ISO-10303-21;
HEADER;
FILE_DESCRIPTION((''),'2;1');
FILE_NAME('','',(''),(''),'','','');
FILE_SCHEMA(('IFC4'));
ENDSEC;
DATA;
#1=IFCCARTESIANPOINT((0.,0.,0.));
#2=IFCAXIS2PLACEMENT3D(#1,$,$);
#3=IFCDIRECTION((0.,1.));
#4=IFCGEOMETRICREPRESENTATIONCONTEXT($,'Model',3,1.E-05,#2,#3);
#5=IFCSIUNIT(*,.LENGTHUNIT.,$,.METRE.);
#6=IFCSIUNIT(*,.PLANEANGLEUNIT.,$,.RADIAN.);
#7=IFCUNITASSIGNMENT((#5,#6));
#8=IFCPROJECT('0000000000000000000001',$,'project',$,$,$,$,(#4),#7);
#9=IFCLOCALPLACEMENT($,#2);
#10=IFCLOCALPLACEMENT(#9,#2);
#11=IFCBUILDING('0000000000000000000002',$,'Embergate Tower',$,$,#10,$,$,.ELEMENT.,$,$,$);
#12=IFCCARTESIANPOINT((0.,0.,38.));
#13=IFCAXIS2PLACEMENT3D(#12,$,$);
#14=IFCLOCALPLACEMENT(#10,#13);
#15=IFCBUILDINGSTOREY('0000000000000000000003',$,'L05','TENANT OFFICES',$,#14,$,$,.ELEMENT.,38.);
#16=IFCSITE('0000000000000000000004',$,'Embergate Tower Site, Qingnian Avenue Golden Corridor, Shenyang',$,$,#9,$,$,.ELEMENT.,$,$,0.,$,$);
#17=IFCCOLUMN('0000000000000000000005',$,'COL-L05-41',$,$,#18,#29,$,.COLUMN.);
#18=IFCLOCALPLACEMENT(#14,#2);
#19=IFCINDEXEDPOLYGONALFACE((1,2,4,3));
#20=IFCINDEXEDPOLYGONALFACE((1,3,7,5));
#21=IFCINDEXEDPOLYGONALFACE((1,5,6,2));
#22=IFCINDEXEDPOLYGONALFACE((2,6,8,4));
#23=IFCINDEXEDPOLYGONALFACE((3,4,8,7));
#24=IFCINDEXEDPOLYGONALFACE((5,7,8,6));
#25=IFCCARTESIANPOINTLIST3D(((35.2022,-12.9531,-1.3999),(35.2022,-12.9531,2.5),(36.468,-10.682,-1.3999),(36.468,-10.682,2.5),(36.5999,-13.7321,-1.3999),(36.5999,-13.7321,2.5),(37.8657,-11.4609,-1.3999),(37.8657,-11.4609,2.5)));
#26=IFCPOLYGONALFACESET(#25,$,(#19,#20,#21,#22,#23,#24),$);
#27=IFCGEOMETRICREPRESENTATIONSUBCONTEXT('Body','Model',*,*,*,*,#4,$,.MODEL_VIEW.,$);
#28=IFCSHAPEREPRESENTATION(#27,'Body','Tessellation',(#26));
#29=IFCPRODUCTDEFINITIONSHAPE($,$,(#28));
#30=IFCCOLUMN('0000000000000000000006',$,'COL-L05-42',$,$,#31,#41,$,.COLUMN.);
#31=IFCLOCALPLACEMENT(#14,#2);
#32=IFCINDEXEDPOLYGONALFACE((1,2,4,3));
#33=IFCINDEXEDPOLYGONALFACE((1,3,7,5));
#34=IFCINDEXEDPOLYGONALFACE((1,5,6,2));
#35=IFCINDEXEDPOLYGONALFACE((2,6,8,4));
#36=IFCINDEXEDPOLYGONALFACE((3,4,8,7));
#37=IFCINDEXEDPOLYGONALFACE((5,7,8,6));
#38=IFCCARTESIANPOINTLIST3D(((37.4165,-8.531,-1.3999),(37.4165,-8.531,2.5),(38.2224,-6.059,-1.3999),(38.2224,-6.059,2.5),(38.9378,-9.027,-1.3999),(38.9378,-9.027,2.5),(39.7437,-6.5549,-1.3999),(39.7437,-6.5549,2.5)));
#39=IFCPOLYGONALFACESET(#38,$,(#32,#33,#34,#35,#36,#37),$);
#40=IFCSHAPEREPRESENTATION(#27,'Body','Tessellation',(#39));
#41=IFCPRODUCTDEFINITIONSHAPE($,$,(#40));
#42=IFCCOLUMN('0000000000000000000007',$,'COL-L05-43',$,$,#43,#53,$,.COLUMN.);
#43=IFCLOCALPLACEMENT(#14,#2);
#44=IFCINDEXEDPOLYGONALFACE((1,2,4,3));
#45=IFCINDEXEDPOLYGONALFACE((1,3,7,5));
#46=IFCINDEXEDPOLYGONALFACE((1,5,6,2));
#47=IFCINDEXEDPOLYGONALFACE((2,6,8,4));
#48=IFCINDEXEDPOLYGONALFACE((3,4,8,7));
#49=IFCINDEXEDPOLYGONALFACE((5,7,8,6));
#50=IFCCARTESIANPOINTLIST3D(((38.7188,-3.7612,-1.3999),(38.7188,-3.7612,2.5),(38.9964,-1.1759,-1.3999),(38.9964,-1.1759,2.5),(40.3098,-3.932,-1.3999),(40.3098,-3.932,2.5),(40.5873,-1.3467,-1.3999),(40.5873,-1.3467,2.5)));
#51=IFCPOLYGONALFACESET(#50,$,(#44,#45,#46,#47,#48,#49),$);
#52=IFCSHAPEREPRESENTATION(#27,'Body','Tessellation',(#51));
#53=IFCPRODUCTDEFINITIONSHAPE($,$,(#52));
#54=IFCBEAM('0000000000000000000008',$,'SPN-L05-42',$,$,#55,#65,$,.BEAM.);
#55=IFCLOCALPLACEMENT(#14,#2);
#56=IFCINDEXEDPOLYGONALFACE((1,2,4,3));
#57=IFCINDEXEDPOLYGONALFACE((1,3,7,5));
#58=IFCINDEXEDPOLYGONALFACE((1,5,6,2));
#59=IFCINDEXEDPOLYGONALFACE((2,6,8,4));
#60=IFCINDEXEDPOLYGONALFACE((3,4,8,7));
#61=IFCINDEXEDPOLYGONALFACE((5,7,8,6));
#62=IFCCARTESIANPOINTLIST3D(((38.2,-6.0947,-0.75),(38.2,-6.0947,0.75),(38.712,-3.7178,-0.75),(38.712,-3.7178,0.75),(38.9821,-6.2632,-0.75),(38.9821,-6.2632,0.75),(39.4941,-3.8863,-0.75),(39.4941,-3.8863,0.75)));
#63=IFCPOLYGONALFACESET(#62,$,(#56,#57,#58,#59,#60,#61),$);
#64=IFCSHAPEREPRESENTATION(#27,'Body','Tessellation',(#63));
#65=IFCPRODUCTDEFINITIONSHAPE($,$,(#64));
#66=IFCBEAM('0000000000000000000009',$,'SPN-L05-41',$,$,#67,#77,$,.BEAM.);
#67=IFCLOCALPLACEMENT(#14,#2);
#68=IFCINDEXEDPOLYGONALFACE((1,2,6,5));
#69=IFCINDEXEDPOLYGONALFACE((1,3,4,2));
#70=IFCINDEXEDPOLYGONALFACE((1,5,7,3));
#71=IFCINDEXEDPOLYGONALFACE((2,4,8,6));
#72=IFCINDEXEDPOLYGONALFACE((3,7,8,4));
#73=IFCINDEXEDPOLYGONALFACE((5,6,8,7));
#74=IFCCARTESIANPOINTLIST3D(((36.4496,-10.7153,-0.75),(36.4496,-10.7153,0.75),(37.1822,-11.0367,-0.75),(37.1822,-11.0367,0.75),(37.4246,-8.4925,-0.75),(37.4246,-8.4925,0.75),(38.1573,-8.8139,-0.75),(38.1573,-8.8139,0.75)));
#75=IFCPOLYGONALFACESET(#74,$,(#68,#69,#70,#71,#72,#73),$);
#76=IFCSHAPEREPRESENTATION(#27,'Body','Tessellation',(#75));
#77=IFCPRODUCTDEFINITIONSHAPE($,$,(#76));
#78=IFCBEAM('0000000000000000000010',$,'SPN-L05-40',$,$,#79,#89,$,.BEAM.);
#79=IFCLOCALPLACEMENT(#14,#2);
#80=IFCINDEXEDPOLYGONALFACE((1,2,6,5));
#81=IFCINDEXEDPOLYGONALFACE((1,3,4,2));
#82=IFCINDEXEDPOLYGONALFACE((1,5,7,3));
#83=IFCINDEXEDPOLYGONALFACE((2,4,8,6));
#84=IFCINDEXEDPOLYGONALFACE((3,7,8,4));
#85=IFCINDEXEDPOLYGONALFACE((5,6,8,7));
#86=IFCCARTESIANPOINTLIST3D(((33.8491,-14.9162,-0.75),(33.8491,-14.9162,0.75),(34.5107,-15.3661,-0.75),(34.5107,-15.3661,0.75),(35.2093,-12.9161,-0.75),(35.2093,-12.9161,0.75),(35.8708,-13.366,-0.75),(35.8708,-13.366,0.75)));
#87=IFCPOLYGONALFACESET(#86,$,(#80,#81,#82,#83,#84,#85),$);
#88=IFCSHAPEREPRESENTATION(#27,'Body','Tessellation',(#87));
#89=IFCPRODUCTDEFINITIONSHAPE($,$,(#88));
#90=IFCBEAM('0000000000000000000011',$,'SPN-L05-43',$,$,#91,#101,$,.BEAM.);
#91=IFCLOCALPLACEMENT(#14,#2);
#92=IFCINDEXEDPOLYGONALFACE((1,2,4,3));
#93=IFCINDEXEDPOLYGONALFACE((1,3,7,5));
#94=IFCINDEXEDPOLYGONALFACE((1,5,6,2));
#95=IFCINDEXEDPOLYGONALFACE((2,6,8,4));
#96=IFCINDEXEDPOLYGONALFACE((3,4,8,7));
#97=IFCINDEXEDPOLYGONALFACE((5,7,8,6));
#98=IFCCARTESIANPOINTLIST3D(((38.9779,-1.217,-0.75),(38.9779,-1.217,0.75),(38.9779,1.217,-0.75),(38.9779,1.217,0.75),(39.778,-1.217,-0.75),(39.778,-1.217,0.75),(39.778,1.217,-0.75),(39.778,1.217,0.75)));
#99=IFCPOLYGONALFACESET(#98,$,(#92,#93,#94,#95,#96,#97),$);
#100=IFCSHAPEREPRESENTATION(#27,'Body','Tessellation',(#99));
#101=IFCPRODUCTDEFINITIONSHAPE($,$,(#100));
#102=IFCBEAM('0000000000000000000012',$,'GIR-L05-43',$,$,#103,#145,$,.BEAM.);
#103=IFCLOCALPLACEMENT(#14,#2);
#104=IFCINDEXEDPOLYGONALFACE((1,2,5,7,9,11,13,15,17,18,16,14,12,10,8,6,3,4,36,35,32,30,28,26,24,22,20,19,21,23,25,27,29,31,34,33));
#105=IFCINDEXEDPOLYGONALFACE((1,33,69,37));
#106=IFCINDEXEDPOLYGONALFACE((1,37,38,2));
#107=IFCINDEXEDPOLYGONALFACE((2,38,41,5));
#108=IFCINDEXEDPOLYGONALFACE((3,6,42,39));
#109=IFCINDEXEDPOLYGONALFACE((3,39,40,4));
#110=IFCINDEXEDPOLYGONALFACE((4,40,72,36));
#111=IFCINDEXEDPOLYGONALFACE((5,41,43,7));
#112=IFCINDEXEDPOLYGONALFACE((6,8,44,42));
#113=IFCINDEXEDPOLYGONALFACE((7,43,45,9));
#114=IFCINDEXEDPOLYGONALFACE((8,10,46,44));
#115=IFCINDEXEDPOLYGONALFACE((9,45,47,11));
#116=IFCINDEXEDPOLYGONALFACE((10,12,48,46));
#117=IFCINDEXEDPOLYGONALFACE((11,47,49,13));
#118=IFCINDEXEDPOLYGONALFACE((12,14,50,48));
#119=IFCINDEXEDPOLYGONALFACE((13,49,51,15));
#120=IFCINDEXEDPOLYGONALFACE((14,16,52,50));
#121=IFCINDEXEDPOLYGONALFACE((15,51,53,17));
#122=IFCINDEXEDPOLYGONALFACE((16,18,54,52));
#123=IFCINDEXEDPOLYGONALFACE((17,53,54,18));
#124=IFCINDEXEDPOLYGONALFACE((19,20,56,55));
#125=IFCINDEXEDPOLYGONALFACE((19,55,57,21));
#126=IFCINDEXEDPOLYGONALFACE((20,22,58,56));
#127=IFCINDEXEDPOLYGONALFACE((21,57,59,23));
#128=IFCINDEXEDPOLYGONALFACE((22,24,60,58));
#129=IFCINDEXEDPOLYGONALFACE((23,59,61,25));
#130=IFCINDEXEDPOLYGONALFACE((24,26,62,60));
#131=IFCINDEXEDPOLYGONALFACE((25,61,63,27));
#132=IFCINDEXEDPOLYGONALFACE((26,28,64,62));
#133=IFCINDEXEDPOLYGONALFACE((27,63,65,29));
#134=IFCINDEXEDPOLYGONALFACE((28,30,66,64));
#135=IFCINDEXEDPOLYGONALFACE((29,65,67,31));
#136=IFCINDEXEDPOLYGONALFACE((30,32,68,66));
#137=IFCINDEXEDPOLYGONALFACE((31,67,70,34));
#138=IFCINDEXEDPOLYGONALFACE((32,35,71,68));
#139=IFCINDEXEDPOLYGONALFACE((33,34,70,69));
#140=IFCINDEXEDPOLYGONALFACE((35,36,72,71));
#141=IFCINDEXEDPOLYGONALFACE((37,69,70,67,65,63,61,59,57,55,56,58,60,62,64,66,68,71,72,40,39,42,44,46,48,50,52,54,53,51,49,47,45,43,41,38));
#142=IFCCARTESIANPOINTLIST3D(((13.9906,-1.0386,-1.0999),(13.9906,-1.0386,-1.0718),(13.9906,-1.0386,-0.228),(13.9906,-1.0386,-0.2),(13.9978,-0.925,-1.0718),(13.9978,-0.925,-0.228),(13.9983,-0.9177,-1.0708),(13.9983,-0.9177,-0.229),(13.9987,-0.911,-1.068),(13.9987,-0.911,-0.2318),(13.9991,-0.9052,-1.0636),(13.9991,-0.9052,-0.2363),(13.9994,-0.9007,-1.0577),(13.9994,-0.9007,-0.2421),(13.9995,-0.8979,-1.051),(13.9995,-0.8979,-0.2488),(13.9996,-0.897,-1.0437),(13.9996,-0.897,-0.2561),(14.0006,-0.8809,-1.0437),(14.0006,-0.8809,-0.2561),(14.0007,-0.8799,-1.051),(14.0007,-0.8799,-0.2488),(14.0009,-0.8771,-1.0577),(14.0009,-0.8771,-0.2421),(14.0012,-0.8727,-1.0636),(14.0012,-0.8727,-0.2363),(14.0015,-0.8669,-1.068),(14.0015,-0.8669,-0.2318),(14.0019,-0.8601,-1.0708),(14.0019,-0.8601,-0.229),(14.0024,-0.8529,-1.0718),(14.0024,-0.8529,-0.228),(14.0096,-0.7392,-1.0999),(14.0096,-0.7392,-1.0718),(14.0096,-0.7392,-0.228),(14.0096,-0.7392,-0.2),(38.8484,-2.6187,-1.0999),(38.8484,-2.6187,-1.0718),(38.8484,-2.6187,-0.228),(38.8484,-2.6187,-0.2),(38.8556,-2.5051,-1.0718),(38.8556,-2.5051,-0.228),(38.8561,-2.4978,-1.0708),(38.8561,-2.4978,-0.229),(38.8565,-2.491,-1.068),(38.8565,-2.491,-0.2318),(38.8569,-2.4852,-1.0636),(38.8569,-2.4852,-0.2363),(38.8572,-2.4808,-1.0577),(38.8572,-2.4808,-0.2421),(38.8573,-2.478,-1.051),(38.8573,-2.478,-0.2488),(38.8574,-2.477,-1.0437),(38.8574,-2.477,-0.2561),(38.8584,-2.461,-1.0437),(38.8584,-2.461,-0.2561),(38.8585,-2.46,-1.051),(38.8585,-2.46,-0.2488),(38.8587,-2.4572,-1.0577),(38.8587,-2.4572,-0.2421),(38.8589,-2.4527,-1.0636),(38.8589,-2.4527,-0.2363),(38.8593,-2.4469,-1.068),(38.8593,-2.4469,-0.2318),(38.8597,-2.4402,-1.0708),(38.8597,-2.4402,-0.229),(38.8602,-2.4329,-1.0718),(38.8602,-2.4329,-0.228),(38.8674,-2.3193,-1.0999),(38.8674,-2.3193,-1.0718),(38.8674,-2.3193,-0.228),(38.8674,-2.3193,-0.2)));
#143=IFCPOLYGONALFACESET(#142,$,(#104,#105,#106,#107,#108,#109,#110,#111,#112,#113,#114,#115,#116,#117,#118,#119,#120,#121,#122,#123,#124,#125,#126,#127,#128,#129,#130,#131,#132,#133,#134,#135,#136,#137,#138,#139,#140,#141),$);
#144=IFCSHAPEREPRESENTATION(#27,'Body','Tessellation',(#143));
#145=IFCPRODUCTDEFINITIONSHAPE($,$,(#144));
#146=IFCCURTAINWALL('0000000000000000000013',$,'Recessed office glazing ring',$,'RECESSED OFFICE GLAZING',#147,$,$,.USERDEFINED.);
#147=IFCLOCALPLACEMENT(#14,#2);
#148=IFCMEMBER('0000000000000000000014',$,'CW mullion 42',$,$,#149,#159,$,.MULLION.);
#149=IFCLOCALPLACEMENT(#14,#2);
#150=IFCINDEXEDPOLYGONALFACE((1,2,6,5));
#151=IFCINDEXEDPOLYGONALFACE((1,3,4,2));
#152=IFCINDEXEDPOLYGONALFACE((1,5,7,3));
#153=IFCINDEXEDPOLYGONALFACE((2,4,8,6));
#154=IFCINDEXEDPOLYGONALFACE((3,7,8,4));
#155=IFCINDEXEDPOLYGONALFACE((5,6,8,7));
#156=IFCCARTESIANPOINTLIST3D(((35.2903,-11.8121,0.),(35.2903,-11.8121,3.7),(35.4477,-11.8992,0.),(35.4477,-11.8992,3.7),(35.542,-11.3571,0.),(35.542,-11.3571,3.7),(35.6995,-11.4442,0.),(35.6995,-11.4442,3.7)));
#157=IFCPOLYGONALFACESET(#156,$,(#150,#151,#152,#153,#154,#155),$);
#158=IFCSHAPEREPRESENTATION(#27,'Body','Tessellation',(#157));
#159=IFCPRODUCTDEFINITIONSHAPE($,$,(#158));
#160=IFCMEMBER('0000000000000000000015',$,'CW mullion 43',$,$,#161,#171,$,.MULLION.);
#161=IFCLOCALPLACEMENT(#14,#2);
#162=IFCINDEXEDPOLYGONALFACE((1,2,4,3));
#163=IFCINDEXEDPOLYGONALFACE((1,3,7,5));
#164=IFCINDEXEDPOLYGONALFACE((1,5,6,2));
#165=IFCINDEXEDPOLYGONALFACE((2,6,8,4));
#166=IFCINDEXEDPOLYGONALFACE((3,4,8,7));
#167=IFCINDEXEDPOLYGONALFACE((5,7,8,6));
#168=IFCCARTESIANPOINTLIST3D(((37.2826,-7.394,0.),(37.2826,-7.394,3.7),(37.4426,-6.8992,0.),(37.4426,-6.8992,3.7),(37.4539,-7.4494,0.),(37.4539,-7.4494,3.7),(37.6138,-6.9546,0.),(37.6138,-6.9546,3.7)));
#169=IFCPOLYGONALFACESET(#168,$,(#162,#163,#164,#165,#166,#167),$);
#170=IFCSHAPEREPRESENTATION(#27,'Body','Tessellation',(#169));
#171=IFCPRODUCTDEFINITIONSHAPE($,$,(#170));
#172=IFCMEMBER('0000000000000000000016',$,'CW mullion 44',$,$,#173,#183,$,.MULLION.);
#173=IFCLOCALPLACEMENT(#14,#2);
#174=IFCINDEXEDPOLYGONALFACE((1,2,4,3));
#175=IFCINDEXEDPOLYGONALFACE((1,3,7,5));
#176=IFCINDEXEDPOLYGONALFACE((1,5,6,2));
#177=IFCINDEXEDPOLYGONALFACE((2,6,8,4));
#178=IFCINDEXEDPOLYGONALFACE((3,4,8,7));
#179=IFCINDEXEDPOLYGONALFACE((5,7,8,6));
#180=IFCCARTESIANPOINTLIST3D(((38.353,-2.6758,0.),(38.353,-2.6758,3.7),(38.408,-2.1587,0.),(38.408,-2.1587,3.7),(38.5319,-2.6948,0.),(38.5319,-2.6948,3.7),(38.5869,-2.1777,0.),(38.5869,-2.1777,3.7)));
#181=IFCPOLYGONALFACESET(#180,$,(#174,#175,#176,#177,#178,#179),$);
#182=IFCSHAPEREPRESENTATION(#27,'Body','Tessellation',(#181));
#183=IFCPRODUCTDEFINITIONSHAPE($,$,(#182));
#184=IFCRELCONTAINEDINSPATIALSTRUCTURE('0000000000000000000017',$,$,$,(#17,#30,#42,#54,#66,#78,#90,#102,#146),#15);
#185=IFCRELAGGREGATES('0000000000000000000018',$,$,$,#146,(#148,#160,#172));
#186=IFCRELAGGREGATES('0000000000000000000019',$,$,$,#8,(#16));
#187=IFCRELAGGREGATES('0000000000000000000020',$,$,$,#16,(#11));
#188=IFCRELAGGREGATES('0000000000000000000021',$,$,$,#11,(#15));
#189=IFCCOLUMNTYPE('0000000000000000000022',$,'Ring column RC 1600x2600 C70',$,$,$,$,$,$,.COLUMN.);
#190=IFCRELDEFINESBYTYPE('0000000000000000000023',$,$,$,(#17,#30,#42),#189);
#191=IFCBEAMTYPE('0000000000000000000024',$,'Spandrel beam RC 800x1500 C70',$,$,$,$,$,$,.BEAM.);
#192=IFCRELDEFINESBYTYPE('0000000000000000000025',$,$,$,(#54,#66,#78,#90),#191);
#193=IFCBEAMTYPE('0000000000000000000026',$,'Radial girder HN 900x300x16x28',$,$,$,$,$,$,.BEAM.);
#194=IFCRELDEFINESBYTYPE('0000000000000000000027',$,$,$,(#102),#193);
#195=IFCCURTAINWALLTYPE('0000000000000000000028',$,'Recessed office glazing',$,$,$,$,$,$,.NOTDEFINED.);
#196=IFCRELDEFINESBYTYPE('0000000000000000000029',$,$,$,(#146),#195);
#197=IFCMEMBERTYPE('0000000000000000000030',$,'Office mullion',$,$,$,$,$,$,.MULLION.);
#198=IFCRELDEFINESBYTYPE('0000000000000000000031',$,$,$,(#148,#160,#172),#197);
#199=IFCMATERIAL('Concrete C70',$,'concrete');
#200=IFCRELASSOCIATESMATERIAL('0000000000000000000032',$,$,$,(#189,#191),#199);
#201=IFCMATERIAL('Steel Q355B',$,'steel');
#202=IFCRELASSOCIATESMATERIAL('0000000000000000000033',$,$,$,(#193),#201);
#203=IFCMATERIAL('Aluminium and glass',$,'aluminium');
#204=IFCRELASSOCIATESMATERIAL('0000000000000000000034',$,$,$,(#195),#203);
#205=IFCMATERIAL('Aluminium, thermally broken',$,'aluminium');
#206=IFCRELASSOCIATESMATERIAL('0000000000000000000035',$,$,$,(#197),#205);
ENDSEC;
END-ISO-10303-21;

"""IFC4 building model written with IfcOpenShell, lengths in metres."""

from ifc_helpers import new_model, si_unit, direction, frame, origin, origin_2d, place, context, subcontext, project, spatial, rectangle, i_section, extrude, source, transform, mapped, material, material_profile, profile_set, type_object, element, aggregate, save


model = new_model("IFC4")

# Units and contexts
model_context = context("Model", 3, precision=1e-05, world=origin(), true_north=direction((0.0, 1.0)))
body_context = subcontext(model_context, "Body", "Model", "MODEL_VIEW")
ifc_project = project(units=[si_unit("LENGTHUNIT", "METRE"), si_unit("PLANEANGLEUNIT", "RADIAN")], contexts=[model_context])

# Site, building, storey
site_placement = place(None, origin())
site = spatial("IfcSite", under=ifc_project, at=site_placement, Name="Embergate Tower Site, Qingnian Avenue Golden Corridor, Shenyang", CompositionType="ELEMENT", RefElevation=0.0)
building_placement = place(site_placement, origin())
building = spatial("IfcBuilding", under=site, at=building_placement, Name="Embergate Tower", CompositionType="ELEMENT")
storey_placement = place(building_placement, frame((0.0, 0.0, 38.0)))
storey = spatial("IfcBuildingStorey", under=building, at=storey_placement, Name="L05", Description="TENANT OFFICES", CompositionType="ELEMENT", Elevation=38.0)

# Columns
ifc_material_1 = material(Name="Concrete C70", Category="concrete")
ifc_material_profile_1 = material_profile(ifc_material_1, rectangle(XDim=1.6001, YDim=2.6001, at=origin_2d()), Name="RC 1600x2600")
ifc_profile_set_1 = profile_set([ifc_material_profile_1], Name="Concrete C70")
column_type = type_object("IfcColumnType", Name="Ring column RC 1600x2600 C70", PredefinedType="COLUMN", material=ifc_profile_set_1)
shared_shape_1 = source(origin(), body_context, "Body", "SweptSolid", [
    extrude(rectangle(XDim=1.6001, YDim=2.6001, at=origin_2d()), origin(), (0.0, 0.0, 1.0), 3.8999),
])
for number, where, z_axis, x_axis, name in (
    (1, (36.5339, -12.207, -1.3999), (0.0, 0.0, 1.0), (0.873492, -0.486839, 0.0), "COL-L05-41"),
    (2, (38.5801, -7.543, -1.3999), (0.0, 0.0, 1.0), (0.950754, -0.309946, 0.0), "COL-L05-42"),
    (3, (39.6531, -2.554, -1.3999), (0.0, 0.0, 1.0), (0.994286, -0.10675, 0.0), "COL-L05-43"),
):
    element("IfcColumn", number, at=place(storey_placement, frame(where, z_axis=z_axis, x_axis=x_axis)), inside=storey, type_object=column_type, Name=name, PredefinedType="COLUMN", context=body_context, shape_type="MappedRepresentation", body=[
        mapped(shared_shape_1, transform((0.0, 0.0, 0.0))),
    ])

# Beams
ifc_material_profile_2 = material_profile(ifc_material_1, rectangle(XDim=0.8, YDim=1.5, at=origin_2d()), Name="RC 800x1500")
ifc_profile_set_2 = profile_set([ifc_material_profile_2], Name="Concrete C70")
beam_type_1 = type_object("IfcBeamType", Name="Spandrel beam RC 800x1500 C70", PredefinedType="BEAM", material=ifc_profile_set_2)
shared_shape_2 = source(origin(), body_context, "Body", "SweptSolid", [
    extrude(rectangle(XDim=0.8, YDim=1.5, at=origin_2d()), origin(), (0.0, 0.0, 1.0), 2.4314),
])
beam_1_placement = place(storey_placement, frame((38.5911, -6.179, 0.0), z_axis=(0.210558, 0.977581, 0.0), x_axis=(-0.977581, 0.210558, 0.0)))
element("IfcBeam", 4, at=beam_1_placement, inside=storey, type_object=beam_type_1, Name="SPN-L05-42", PredefinedType="BEAM", context=body_context, shape_type="MappedRepresentation", body=[
    mapped(shared_shape_2, transform((0.0, 0.0, 0.0))),
])
shared_shape_3 = source(origin(), body_context, "Body", "SweptSolid", [
    extrude(rectangle(XDim=0.8, YDim=1.5, at=origin_2d()), origin(), (0.0, 0.0, 1.0), 2.4272),
])
beam_2_placement = place(storey_placement, frame((36.8159, -10.876, 0.0), z_axis=(0.40171, 0.915767, 0.0), x_axis=(-0.915767, 0.40171, 0.0)))
element("IfcBeam", 5, at=beam_2_placement, inside=storey, type_object=beam_type_1, Name="SPN-L05-41", PredefinedType="BEAM", context=body_context, shape_type="MappedRepresentation", body=[
    mapped(shared_shape_3, transform((0.0, 0.0, 0.0))),
])
shared_shape_4 = source(origin(), body_context, "Body", "SweptSolid", [
    extrude(rectangle(XDim=0.8, YDim=1.5, at=origin_2d()), origin(), (0.0, 0.0, 1.0), 2.4187),
])
beam_3_placement = place(storey_placement, frame((34.1799, -15.1411, 0.0), z_axis=(0.56234, 0.826906, 0.0), x_axis=(-0.826906, 0.56234, 0.0)))
element("IfcBeam", 6, at=beam_3_placement, inside=storey, type_object=beam_type_1, Name="SPN-L05-40", PredefinedType="BEAM", context=body_context, shape_type="MappedRepresentation", body=[
    mapped(shared_shape_4, transform((0.0, 0.0, 0.0))),
])
shared_shape_5 = source(origin(), body_context, "Body", "SweptSolid", [
    extrude(rectangle(XDim=0.8, YDim=1.5, at=origin_2d()), origin(), (0.0, 0.0, 1.0), 2.4341),
])
beam_4_placement = place(storey_placement, frame((39.3779, -1.217, 0.0), z_axis=(0.0, 1.0, 0.0), x_axis=(-1.0, 0.0, 0.0)))
element("IfcBeam", 7, at=beam_4_placement, inside=storey, type_object=beam_type_1, Name="SPN-L05-43", PredefinedType="BEAM", context=body_context, shape_type="MappedRepresentation", body=[
    mapped(shared_shape_5, transform((0.0, 0.0, 0.0))),
])
ifc_material_2 = material(Name="Steel Q355B", Category="steel")
ifc_material_profile_3 = material_profile(ifc_material_2, i_section(OverallWidth=0.3, OverallDepth=0.8999, WebThickness=0.0161, FlangeThickness=0.0281, FilletRadius=0.0281, at=origin_2d()), Name="HN 900x300x16x28")
ifc_profile_set_3 = profile_set([ifc_material_profile_3], Name="Steel Q355 grade B")
beam_type_2 = type_object("IfcBeamType", Name="Radial girder HN 900x300x16x28", PredefinedType="BEAM", material=ifc_profile_set_3)
shared_shape_6 = source(origin(), body_context, "Body", "SweptSolid", [
    extrude(i_section(OverallWidth=0.3, OverallDepth=0.8999, WebThickness=0.0161, FlangeThickness=0.0281, FilletRadius=0.0281, at=origin_2d()), origin(), (0.0, 0.0, 1.0), 24.908),
])
beam_5_placement = place(storey_placement, frame((38.8579, -2.469, -0.6499), z_axis=(-0.997986, 0.063436, 0.0), x_axis=(-0.063436, -0.997986, 0.0)))
element("IfcBeam", 8, at=beam_5_placement, inside=storey, type_object=beam_type_2, Name="GIR-L05-43", PredefinedType="BEAM", context=body_context, shape_type="MappedRepresentation", body=[
    mapped(shared_shape_6, transform((0.0, 0.0, 0.0))),
])

# Curtain wall, members
ifc_material_3 = material(Name="Aluminium and glass", Category="aluminium")
curtain_wall_type = type_object("IfcCurtainWallType", Name="Recessed office glazing", PredefinedType="NOTDEFINED", material=ifc_material_3)
curtain_wall_placement = place(storey_placement, origin())
curtain_wall = element("IfcCurtainWall", 9, at=curtain_wall_placement, inside=storey, type_object=curtain_wall_type, Name="Recessed office glazing ring", ObjectType="RECESSED OFFICE GLAZING", PredefinedType="USERDEFINED")
ifc_material_4 = material(Name="Aluminium, thermally broken", Category="aluminium")
ifc_material_profile_4 = material_profile(ifc_material_4, rectangle(XDim=0.1799, YDim=0.52, at=origin_2d()), Name="AL 520x180")
ifc_profile_set_4 = profile_set([ifc_material_profile_4], Name="Aluminium, thermally broken")
member_type_1 = type_object("IfcMemberType", Name="Office mullion", PredefinedType="MULLION", material=ifc_profile_set_4)
shared_shape_7 = source(origin(), body_context, "Body", "SweptSolid", [
    extrude(rectangle(XDim=0.1799, YDim=0.52, at=origin_2d()), origin(), (0.0, 0.0, 1.0), 3.7),
])
member_1_placement = place(storey_placement, frame((35.4949, -11.6282, 0.0), z_axis=(0.0, 0.0, 1.0), x_axis=(-0.875003, 0.484118, 0.0)))
member_1 = element("IfcMember", 10, at=member_1_placement, type_object=member_type_1, Name="CW mullion 42", PredefinedType="MULLION", context=body_context, shape_type="MappedRepresentation", body=[
    mapped(shared_shape_7, transform((0.0, 0.0, 0.0))),
])
member_2_placement = place(storey_placement, frame((37.4482, -7.1743, 0.0), z_axis=(0.0, 0.0, 1.0), x_axis=(-0.951499, 0.307652, 0.0)))
member_2 = element("IfcMember", 11, at=member_2_placement, type_object=member_type_1, Name="CW mullion 43", PredefinedType="MULLION", context=body_context, shape_type="MappedRepresentation", body=[
    mapped(shared_shape_7, transform((0.0, 0.0, 0.0))),
])
member_3_placement = place(storey_placement, frame((38.47, -2.4268, 0.0), z_axis=(0.0, 0.0, 1.0), x_axis=(-0.994385, 0.105823, 0.0)))
member_3 = element("IfcMember", 12, at=member_3_placement, type_object=member_type_1, Name="CW mullion 44", PredefinedType="MULLION", context=body_context, shape_type="MappedRepresentation", body=[
    mapped(shared_shape_7, transform((0.0, 0.0, 0.0))),
])
aggregate(curtain_wall, [member_1, member_2, member_3])

save(model, "model.ifc")
